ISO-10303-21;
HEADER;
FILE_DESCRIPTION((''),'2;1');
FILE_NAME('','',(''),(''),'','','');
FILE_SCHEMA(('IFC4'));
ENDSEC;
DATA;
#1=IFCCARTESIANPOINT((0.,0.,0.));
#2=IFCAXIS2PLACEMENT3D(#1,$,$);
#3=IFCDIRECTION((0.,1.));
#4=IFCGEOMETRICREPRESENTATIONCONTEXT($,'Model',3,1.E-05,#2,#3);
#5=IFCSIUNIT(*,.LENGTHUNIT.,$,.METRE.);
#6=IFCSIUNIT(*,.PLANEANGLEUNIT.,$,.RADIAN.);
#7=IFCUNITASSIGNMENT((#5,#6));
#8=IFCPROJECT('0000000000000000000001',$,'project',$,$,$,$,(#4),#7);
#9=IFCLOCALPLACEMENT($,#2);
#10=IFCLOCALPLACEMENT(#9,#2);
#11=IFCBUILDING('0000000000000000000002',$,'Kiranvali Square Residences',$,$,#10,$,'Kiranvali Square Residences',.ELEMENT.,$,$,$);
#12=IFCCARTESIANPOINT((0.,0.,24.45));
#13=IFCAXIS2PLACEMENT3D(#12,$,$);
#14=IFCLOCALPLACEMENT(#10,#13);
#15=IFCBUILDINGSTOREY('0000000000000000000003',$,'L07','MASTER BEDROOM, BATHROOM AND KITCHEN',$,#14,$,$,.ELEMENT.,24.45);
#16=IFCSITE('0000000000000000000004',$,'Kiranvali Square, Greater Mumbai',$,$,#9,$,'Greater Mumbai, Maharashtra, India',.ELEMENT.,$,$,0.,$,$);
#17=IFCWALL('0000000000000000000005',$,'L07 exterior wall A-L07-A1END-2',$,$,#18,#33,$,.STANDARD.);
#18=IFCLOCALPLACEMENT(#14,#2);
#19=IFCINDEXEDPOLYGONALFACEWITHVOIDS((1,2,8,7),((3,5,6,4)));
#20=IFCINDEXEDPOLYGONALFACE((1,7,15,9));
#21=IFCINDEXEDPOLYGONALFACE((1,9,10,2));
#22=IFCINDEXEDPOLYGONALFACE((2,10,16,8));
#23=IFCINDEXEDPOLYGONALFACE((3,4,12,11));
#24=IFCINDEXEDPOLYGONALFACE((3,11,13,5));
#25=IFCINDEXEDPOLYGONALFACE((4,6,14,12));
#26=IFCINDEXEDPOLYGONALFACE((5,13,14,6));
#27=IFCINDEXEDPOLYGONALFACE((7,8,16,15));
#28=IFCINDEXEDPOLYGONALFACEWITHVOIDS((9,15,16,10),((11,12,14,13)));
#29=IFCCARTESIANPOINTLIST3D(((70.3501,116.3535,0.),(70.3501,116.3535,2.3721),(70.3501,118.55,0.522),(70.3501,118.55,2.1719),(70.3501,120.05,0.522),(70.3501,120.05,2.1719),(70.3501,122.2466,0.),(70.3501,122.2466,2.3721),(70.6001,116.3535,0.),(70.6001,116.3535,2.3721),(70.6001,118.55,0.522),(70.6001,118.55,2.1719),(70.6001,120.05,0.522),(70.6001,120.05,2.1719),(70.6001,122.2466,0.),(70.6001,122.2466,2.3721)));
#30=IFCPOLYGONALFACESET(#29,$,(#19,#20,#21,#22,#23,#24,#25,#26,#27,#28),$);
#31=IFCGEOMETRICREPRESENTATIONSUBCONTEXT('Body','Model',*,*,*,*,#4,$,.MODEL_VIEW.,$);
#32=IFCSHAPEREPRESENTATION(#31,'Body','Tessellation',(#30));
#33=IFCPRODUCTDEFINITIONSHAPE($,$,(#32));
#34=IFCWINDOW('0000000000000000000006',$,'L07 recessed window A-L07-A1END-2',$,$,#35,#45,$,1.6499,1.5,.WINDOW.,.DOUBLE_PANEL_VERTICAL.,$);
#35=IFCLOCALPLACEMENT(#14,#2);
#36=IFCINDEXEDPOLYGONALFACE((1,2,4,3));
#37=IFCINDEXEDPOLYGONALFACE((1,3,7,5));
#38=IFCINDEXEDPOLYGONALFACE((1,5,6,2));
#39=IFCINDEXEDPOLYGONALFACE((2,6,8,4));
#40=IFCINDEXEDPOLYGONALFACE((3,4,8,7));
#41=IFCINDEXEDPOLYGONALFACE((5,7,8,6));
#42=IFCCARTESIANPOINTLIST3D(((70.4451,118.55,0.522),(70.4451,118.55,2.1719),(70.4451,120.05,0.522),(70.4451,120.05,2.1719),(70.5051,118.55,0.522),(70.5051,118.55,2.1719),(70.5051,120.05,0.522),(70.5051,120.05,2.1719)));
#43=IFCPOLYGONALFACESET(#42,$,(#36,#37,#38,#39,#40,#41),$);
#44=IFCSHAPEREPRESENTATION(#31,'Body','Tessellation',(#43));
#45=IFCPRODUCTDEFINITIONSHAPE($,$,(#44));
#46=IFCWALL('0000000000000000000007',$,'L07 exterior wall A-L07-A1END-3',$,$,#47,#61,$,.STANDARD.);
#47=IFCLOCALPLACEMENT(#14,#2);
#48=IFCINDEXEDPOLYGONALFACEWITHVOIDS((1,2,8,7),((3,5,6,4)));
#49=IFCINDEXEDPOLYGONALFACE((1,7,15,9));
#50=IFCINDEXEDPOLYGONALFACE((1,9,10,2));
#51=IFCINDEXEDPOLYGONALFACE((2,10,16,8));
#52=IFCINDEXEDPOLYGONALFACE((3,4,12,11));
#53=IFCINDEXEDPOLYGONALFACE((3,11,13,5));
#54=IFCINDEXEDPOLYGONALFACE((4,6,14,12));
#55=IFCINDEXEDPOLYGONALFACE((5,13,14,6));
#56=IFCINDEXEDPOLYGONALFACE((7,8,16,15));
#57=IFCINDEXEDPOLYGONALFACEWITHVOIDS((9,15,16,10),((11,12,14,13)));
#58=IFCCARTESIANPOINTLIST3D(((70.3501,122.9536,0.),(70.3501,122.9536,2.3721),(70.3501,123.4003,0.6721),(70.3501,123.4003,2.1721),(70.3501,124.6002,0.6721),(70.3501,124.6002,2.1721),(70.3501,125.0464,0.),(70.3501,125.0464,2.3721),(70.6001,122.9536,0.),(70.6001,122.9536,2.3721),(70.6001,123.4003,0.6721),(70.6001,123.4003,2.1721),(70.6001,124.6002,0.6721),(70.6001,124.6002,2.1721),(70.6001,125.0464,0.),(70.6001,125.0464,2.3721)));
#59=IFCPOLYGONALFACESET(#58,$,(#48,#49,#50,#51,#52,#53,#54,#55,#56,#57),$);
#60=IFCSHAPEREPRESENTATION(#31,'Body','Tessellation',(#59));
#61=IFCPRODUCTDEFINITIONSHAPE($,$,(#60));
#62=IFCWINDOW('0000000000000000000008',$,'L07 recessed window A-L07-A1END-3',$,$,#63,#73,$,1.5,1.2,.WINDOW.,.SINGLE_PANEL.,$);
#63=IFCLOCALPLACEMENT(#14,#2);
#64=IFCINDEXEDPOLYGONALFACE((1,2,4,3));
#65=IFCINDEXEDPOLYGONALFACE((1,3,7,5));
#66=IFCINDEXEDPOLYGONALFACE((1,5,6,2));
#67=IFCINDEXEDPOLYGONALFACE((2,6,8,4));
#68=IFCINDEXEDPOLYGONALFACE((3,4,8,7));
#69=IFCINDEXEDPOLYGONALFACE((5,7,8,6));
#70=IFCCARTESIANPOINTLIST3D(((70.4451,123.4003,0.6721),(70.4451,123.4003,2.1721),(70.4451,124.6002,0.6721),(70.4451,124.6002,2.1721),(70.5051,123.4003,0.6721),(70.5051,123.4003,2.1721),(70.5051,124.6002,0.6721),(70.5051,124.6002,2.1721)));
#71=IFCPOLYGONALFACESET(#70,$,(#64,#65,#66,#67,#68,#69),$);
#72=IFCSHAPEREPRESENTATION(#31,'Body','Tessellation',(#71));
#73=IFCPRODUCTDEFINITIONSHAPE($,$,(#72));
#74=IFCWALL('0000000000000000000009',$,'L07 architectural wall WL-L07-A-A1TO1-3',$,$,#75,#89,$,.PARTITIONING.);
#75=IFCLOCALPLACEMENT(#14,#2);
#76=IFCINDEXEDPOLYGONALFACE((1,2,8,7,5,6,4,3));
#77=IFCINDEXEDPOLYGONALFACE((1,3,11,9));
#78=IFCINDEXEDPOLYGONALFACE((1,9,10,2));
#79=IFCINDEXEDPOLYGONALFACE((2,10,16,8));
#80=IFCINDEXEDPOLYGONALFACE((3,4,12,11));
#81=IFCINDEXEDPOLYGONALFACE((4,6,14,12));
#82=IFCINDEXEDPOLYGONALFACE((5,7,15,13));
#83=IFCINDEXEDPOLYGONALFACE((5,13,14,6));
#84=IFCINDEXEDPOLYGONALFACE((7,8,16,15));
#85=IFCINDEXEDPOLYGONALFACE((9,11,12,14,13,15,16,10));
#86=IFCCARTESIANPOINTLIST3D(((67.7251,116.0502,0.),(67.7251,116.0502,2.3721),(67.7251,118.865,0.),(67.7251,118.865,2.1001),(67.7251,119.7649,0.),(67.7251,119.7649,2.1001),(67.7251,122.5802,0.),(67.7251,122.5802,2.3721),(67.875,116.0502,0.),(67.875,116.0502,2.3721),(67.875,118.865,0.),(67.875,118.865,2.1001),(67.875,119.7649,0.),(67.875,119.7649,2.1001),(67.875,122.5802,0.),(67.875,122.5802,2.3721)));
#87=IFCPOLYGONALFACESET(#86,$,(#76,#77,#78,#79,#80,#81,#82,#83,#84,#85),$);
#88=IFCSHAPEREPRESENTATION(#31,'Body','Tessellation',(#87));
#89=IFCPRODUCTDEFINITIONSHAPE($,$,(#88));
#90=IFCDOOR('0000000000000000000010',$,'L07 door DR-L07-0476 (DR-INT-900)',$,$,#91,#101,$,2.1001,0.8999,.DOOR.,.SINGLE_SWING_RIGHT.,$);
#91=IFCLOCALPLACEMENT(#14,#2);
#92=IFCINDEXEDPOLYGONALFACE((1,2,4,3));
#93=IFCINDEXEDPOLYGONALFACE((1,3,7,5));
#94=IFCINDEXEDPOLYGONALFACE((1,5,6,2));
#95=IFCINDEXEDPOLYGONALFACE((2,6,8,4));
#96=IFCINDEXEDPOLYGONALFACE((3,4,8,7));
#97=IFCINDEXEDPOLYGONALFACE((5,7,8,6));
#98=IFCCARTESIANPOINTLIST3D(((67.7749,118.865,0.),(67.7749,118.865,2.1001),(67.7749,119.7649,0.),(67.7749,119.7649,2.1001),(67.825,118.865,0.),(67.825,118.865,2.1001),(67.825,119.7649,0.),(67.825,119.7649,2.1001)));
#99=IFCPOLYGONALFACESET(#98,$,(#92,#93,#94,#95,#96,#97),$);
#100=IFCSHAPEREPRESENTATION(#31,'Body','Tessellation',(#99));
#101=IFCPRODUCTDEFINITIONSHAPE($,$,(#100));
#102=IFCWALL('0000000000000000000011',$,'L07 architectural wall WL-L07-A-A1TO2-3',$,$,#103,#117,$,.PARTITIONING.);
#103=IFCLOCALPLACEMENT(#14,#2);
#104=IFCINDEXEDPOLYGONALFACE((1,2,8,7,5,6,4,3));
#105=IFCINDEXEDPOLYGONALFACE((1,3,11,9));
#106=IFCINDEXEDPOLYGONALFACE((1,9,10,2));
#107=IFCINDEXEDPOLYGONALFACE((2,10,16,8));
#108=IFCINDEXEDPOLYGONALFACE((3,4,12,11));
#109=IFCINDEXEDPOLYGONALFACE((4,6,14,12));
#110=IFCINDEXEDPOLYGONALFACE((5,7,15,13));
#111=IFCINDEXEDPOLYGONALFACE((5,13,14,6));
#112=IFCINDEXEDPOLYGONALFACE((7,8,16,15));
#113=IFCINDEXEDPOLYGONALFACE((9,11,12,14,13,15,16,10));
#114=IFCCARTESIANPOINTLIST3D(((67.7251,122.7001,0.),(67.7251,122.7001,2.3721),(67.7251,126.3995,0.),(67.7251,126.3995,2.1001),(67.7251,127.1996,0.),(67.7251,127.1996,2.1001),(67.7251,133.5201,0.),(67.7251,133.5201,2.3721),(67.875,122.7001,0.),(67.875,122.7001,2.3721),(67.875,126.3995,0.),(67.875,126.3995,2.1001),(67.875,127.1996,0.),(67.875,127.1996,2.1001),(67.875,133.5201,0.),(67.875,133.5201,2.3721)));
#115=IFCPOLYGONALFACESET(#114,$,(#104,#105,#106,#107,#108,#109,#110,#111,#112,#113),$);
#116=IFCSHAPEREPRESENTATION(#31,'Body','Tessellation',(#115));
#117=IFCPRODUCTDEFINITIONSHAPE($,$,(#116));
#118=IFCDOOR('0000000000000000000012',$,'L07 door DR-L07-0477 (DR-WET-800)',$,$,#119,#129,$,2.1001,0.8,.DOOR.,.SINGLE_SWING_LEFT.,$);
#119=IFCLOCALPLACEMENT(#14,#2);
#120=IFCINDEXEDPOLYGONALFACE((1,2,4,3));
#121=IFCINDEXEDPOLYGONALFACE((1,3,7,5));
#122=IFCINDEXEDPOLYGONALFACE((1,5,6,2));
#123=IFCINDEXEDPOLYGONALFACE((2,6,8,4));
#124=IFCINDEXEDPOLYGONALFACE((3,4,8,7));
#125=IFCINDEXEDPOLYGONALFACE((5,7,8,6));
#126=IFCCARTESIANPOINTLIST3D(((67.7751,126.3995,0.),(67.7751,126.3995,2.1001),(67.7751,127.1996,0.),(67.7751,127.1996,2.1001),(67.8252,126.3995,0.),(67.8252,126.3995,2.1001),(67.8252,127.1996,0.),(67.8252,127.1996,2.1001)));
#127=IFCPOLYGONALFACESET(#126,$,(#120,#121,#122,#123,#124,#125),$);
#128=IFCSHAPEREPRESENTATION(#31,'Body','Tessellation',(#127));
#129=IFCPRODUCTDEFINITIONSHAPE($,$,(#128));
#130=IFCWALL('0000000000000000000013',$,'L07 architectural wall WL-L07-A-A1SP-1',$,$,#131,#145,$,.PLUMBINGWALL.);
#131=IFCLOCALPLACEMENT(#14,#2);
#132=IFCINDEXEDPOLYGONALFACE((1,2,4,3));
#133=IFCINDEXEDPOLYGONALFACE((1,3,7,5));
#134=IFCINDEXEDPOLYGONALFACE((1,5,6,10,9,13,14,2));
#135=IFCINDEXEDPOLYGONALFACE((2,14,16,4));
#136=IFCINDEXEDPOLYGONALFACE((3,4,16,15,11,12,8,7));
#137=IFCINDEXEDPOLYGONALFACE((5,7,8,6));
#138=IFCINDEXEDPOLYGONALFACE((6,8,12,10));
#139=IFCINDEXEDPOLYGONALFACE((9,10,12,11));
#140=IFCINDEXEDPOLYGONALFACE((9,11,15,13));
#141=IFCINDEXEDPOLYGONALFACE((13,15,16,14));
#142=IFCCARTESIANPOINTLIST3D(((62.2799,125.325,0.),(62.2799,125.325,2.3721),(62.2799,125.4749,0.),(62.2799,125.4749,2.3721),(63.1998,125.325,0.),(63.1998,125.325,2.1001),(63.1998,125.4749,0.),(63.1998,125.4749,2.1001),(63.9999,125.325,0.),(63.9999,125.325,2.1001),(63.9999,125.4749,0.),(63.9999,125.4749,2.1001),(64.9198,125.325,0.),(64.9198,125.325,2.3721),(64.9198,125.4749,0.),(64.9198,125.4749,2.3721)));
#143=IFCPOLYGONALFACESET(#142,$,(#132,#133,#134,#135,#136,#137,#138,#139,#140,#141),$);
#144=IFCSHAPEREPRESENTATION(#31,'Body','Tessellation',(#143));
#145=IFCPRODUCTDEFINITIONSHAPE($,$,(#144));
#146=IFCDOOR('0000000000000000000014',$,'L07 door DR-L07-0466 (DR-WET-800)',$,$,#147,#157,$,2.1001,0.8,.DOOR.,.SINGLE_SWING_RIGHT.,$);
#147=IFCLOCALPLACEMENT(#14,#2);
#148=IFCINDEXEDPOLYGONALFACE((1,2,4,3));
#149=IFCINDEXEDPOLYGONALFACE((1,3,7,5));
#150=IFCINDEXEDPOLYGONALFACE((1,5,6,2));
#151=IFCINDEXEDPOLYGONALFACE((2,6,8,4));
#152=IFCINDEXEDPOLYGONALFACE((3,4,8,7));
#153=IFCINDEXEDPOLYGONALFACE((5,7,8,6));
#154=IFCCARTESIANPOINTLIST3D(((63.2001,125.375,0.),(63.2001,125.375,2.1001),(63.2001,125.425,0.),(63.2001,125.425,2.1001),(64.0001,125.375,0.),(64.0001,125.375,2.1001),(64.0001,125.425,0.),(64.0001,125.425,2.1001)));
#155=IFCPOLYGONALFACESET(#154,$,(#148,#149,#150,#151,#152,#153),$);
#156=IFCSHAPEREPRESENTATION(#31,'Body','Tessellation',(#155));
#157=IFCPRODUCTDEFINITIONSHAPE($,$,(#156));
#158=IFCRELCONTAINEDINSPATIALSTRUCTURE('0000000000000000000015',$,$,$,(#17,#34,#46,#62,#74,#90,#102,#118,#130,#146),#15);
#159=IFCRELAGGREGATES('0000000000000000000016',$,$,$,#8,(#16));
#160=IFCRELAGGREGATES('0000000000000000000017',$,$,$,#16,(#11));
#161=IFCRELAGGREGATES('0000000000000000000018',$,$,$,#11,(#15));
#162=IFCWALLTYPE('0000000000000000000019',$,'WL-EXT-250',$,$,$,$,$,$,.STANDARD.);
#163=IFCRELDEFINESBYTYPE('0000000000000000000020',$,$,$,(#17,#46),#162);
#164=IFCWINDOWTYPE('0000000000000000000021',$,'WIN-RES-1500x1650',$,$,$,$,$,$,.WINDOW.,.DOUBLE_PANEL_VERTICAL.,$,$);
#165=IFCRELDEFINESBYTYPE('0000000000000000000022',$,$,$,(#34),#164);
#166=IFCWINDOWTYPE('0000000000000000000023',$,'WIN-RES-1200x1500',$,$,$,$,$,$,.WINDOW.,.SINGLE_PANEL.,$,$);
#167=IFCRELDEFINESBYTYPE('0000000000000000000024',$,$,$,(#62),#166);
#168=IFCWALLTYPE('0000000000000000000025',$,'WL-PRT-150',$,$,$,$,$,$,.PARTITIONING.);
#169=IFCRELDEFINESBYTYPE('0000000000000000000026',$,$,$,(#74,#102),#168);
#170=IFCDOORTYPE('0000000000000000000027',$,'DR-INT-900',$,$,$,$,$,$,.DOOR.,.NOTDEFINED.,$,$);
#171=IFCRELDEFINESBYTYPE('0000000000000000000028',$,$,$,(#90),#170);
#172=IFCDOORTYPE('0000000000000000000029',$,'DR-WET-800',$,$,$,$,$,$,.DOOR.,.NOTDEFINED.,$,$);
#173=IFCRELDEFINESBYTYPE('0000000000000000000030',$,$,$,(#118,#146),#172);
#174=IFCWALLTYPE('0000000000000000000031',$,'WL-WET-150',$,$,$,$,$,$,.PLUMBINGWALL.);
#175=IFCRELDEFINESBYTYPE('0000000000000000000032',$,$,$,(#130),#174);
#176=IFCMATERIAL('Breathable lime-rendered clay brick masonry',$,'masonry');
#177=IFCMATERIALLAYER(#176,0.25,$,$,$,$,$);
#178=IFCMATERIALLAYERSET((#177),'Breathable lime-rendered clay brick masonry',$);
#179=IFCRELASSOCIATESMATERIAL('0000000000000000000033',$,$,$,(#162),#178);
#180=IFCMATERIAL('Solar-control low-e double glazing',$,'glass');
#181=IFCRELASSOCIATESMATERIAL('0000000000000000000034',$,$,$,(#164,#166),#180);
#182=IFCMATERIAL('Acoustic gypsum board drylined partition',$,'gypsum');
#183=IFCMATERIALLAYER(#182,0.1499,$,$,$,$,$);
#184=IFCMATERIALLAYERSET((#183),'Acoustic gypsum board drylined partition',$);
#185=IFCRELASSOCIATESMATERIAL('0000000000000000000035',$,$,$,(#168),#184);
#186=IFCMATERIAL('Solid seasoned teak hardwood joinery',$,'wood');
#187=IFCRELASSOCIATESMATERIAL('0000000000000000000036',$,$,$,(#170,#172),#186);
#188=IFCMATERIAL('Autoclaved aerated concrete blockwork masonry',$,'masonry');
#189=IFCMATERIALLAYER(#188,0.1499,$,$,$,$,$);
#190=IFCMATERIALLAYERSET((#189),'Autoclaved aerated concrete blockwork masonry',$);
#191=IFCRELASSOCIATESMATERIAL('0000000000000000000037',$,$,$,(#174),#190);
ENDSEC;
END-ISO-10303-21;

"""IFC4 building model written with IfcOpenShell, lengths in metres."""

from ifc_helpers import new_model, si_unit, direction, frame, frame_2d, origin, place, context, subcontext, project, spatial, rectangle, extrude, material, layer, layer_set, type_object, element, fill, save


model = new_model("IFC4")

# Units and contexts
model_context = context("Model", 3, precision=1e-05, world=origin(), true_north=direction((0.0, 1.0)))
body_context = subcontext(model_context, "Body", "Model", "MODEL_VIEW")
ifc_project = project(units=[si_unit("LENGTHUNIT", "METRE"), si_unit("PLANEANGLEUNIT", "RADIAN")], contexts=[model_context])

# Site, building, storey
site_placement = place(None, origin())
site = spatial("IfcSite", under=ifc_project, at=site_placement, Name="Kiranvali Square, Greater Mumbai", LongName="Greater Mumbai, Maharashtra, India", CompositionType="ELEMENT", RefElevation=0.0)
building_placement = place(site_placement, origin())
building = spatial("IfcBuilding", under=site, at=building_placement, Name="Kiranvali Square Residences", LongName="Kiranvali Square Residences", CompositionType="ELEMENT")
storey_placement = place(building_placement, frame((0.0, 0.0, 24.45)))
storey = spatial("IfcBuildingStorey", under=building, at=storey_placement, Name="L07", Description="MASTER BEDROOM, BATHROOM AND KITCHEN", CompositionType="ELEMENT", Elevation=24.45)

# Shared definitions
ifc_material_1 = material(Name="Autoclaved aerated concrete blockwork masonry", Category="masonry")

# Walls, openings, windows
ifc_material_2 = material(Name="Breathable lime-rendered clay brick masonry", Category="masonry")
ifc_layer_1 = layer(ifc_material_2, 0.25)
ifc_layer_set_1 = layer_set([ifc_layer_1], Name="Breathable lime-rendered clay brick masonry")
wall_type_1 = type_object("IfcWallType", Name="WL-EXT-250", PredefinedType="STANDARD", material=ifc_layer_set_1)
wall_1_placement = place(storey_placement, frame((70.4751, 116.3535, 0.0), z_axis=(0.0, 0.0, 1.0), x_axis=(0.0, 1.0, 0.0)))
wall_1 = element("IfcWall", 1, at=wall_1_placement, inside=storey, type_object=wall_type_1, Name="L07 exterior wall A-L07-A1END-2", PredefinedType="STANDARD", context=body_context, shape_type="SweptSolid", body=[
    extrude(rectangle(XDim=5.8931, YDim=0.25, at=frame_2d((2.9465, 0.0))), origin(), (0.0, 0.0, 1.0), 2.3721),
])
opening_1_placement = place(wall_1_placement, frame((2.1965, 0.0, 0.522)))
opening_1 = element("IfcOpeningElement", 2, at=opening_1_placement, cuts=wall_1, PredefinedType="OPENING", context=body_context, shape_type="SweptSolid", body=[
    extrude(rectangle(XDim=1.5, YDim=1.6499, at=frame_2d((0.75, 0.825))), frame((0.0, 0.135, 0.0), z_axis=(0.0, -1.0, 0.0), x_axis=(1.0, 0.0, 0.0)), (0.0, 0.0, 1.0), 0.27),
])
ifc_material_3 = material(Name="Solar-control low-e double glazing", Category="glass")
window_type_1 = type_object("IfcWindowType", Name="WIN-RES-1500x1650", PartitioningType="DOUBLE_PANEL_VERTICAL", PredefinedType="WINDOW", material=ifc_material_3)
window_1_placement = place(opening_1_placement, origin())
window_1 = element("IfcWindow", 3, at=window_1_placement, inside=storey, type_object=window_type_1, Name="L07 recessed window A-L07-A1END-2", OverallHeight=1.6499, OverallWidth=1.5, PartitioningType="DOUBLE_PANEL_VERTICAL", PredefinedType="WINDOW", context=body_context, shape_type="SweptSolid", body=[
    extrude(rectangle(XDim=1.5, YDim=1.6499, at=frame_2d((0.75, 0.825))), frame((0.0, 0.03, 0.0), z_axis=(0.0, -1.0, 0.0), x_axis=(1.0, 0.0, 0.0)), (0.0, 0.0, 1.0), 0.0601),
])
fill(opening_1, window_1)
wall_2_placement = place(storey_placement, frame((70.4751, 122.9536, 0.0), z_axis=(0.0, 0.0, 1.0), x_axis=(0.0, 1.0, 0.0)))
wall_2 = element("IfcWall", 4, at=wall_2_placement, inside=storey, type_object=wall_type_1, Name="L07 exterior wall A-L07-A1END-3", PredefinedType="STANDARD", context=body_context, shape_type="SweptSolid", body=[
    extrude(rectangle(XDim=2.0928, YDim=0.25, at=frame_2d((1.0464, 0.0))), origin(), (0.0, 0.0, 1.0), 2.3721),
])
opening_2_placement = place(wall_2_placement, frame((0.4465, 0.0, 0.6721)))
opening_2 = element("IfcOpeningElement", 5, at=opening_2_placement, cuts=wall_2, PredefinedType="OPENING", context=body_context, shape_type="SweptSolid", body=[
    extrude(rectangle(XDim=1.2, YDim=1.5, at=frame_2d((0.6001, 0.75))), frame((0.0, 0.135, 0.0), z_axis=(0.0, -1.0, 0.0), x_axis=(1.0, 0.0, 0.0)), (0.0, 0.0, 1.0), 0.27),
])
window_type_2 = type_object("IfcWindowType", Name="WIN-RES-1200x1500", PartitioningType="SINGLE_PANEL", PredefinedType="WINDOW", material=ifc_material_3)
window_2_placement = place(opening_2_placement, origin())
window_2 = element("IfcWindow", 6, at=window_2_placement, inside=storey, type_object=window_type_2, Name="L07 recessed window A-L07-A1END-3", OverallHeight=1.5, OverallWidth=1.2, PartitioningType="SINGLE_PANEL", PredefinedType="WINDOW", context=body_context, shape_type="SweptSolid", body=[
    extrude(rectangle(XDim=1.2, YDim=1.5, at=frame_2d((0.6001, 0.75))), frame((0.0, 0.03, 0.0), z_axis=(0.0, -1.0, 0.0), x_axis=(1.0, 0.0, 0.0)), (0.0, 0.0, 1.0), 0.0601),
])
fill(opening_2, window_2)

# Walls, openings, doors
ifc_material_4 = material(Name="Acoustic gypsum board drylined partition", Category="gypsum")
ifc_layer_2 = layer(ifc_material_4, 0.1499)
ifc_layer_set_2 = layer_set([ifc_layer_2], Name="Acoustic gypsum board drylined partition")
wall_type_2 = type_object("IfcWallType", Name="WL-PRT-150", PredefinedType="PARTITIONING", material=ifc_layer_set_2)
wall_3_placement = place(storey_placement, frame((67.8, 116.05, 0.0), z_axis=(0.0, 0.0, 1.0), x_axis=(0.0, 1.0, 0.0)))
wall_3 = element("IfcWall", 7, at=wall_3_placement, inside=storey, type_object=wall_type_2, Name="L07 architectural wall WL-L07-A-A1TO1-3", PredefinedType="PARTITIONING", context=body_context, shape_type="SweptSolid", body=[
    extrude(rectangle(XDim=6.53, YDim=0.1499, at=frame_2d((3.2651, 0.0))), origin(), (0.0, 0.0, 1.0), 2.3721),
])
opening_3_placement = place(wall_3_placement, frame((2.8149, 0.0, 0.0)))
opening_3 = element("IfcOpeningElement", 8, at=opening_3_placement, cuts=wall_3, PredefinedType="OPENING", context=body_context, shape_type="SweptSolid", body=[
    extrude(rectangle(XDim=0.8999, YDim=2.1001, at=frame_2d((0.45, 1.05))), frame((0.0, 0.085, 0.0), z_axis=(0.0, -1.0, 0.0), x_axis=(1.0, 0.0, 0.0)), (0.0, 0.0, 1.0), 0.1699),
])
ifc_material_5 = material(Name="Solid seasoned teak hardwood joinery", Category="wood")
door_type_1 = type_object("IfcDoorType", Name="DR-INT-900", OperationType="NOTDEFINED", PredefinedType="DOOR", material=ifc_material_5)
door_1_placement = place(opening_3_placement, frame((0.8999, 0.0, 0.0), z_axis=(0.0, 0.0, 1.0), x_axis=(-1.0, 0.0, 0.0)))
door_1 = element("IfcDoor", 9, at=door_1_placement, inside=storey, type_object=door_type_1, Name="L07 door DR-L07-0476 (DR-INT-900)", OperationType="SINGLE_SWING_RIGHT", OverallHeight=2.1001, OverallWidth=0.8999, PredefinedType="DOOR", context=body_context, shape_type="SweptSolid", body=[
    extrude(rectangle(XDim=0.8999, YDim=2.1001, at=frame_2d((0.45, 1.05))), frame((0.0, 0.0249, 0.0), z_axis=(0.0, -1.0, 0.0), x_axis=(1.0, 0.0, 0.0)), (0.0, 0.0, 1.0), 0.05),
])
fill(opening_3, door_1)
wall_4_placement = place(storey_placement, frame((67.8, 122.7, 0.0), z_axis=(0.0, 0.0, 1.0), x_axis=(0.0, 1.0, 0.0)))
wall_4 = element("IfcWall", 10, at=wall_4_placement, inside=storey, type_object=wall_type_2, Name="L07 architectural wall WL-L07-A-A1TO2-3", PredefinedType="PARTITIONING", context=body_context, shape_type="SweptSolid", body=[
    extrude(rectangle(XDim=10.8201, YDim=0.1499, at=frame_2d((5.4102, 0.0))), origin(), (0.0, 0.0, 1.0), 2.3721),
])
opening_4_placement = place(wall_4_placement, frame((3.6997, 0.0, 0.0)))
opening_4 = element("IfcOpeningElement", 11, at=opening_4_placement, cuts=wall_4, PredefinedType="OPENING", context=body_context, shape_type="SweptSolid", body=[
    extrude(rectangle(XDim=0.8, YDim=2.1001, at=frame_2d((0.3999, 1.05))), frame((0.0, 0.085, 0.0), z_axis=(0.0, -1.0, 0.0), x_axis=(1.0, 0.0, 0.0)), (0.0, 0.0, 1.0), 0.1699),
])
door_type_2 = type_object("IfcDoorType", Name="DR-WET-800", OperationType="NOTDEFINED", PredefinedType="DOOR", material=ifc_material_5)
door_2_placement = place(opening_4_placement, origin())
door_2 = element("IfcDoor", 12, at=door_2_placement, inside=storey, type_object=door_type_2, Name="L07 door DR-L07-0477 (DR-WET-800)", OperationType="SINGLE_SWING_LEFT", OverallHeight=2.1001, OverallWidth=0.8, PredefinedType="DOOR", context=body_context, shape_type="SweptSolid", body=[
    extrude(rectangle(XDim=0.8, YDim=2.1001, at=frame_2d((0.3999, 1.05))), frame((0.0, 0.0249, 0.0), z_axis=(0.0, -1.0, 0.0), x_axis=(1.0, 0.0, 0.0)), (0.0, 0.0, 1.0), 0.05),
])
fill(opening_4, door_2)
ifc_layer_3 = layer(ifc_material_1, 0.1499)
ifc_layer_set_3 = layer_set([ifc_layer_3], Name="Autoclaved aerated concrete blockwork masonry")
wall_type_3 = type_object("IfcWallType", Name="WL-WET-150", PredefinedType="PLUMBINGWALL", material=ifc_layer_set_3)
wall_5_placement = place(storey_placement, frame((62.28, 125.3999, 0.0), z_axis=(0.0, 0.0, 1.0), x_axis=(1.0, 0.0, 0.0)))
wall_5 = element("IfcWall", 13, at=wall_5_placement, inside=storey, type_object=wall_type_3, Name="L07 architectural wall WL-L07-A-A1SP-1", PredefinedType="PLUMBINGWALL", context=body_context, shape_type="SweptSolid", body=[
    extrude(rectangle(XDim=2.6399, YDim=0.1499, at=frame_2d((1.3198, 0.0))), origin(), (0.0, 0.0, 1.0), 2.3721),
])
opening_5_placement = place(wall_5_placement, frame((0.9199, 0.0, 0.0)))
opening_5 = element("IfcOpeningElement", 14, at=opening_5_placement, cuts=wall_5, PredefinedType="OPENING", context=body_context, shape_type="SweptSolid", body=[
    extrude(rectangle(XDim=0.8, YDim=2.1001, at=frame_2d((0.3999, 1.05))), frame((0.0, 0.085, 0.0), z_axis=(0.0, -1.0, 0.0), x_axis=(1.0, 0.0, 0.0)), (0.0, 0.0, 1.0), 0.1699),
])
door_3_placement = place(opening_5_placement, frame((0.8, 0.0, 0.0), z_axis=(0.0, 0.0, 1.0), x_axis=(-1.0, 0.0, 0.0)))
door_3 = element("IfcDoor", 15, at=door_3_placement, inside=storey, type_object=door_type_2, Name="L07 door DR-L07-0466 (DR-WET-800)", OperationType="SINGLE_SWING_RIGHT", OverallHeight=2.1001, OverallWidth=0.8, PredefinedType="DOOR", context=body_context, shape_type="SweptSolid", body=[
    extrude(rectangle(XDim=0.8, YDim=2.1001, at=frame_2d((0.3999, 1.05))), frame((0.0, 0.0249, 0.0), z_axis=(0.0, -1.0, 0.0), x_axis=(1.0, 0.0, 0.0)), (0.0, 0.0, 1.0), 0.05),
])
fill(opening_5, door_3)

save(model, "model.ifc")
